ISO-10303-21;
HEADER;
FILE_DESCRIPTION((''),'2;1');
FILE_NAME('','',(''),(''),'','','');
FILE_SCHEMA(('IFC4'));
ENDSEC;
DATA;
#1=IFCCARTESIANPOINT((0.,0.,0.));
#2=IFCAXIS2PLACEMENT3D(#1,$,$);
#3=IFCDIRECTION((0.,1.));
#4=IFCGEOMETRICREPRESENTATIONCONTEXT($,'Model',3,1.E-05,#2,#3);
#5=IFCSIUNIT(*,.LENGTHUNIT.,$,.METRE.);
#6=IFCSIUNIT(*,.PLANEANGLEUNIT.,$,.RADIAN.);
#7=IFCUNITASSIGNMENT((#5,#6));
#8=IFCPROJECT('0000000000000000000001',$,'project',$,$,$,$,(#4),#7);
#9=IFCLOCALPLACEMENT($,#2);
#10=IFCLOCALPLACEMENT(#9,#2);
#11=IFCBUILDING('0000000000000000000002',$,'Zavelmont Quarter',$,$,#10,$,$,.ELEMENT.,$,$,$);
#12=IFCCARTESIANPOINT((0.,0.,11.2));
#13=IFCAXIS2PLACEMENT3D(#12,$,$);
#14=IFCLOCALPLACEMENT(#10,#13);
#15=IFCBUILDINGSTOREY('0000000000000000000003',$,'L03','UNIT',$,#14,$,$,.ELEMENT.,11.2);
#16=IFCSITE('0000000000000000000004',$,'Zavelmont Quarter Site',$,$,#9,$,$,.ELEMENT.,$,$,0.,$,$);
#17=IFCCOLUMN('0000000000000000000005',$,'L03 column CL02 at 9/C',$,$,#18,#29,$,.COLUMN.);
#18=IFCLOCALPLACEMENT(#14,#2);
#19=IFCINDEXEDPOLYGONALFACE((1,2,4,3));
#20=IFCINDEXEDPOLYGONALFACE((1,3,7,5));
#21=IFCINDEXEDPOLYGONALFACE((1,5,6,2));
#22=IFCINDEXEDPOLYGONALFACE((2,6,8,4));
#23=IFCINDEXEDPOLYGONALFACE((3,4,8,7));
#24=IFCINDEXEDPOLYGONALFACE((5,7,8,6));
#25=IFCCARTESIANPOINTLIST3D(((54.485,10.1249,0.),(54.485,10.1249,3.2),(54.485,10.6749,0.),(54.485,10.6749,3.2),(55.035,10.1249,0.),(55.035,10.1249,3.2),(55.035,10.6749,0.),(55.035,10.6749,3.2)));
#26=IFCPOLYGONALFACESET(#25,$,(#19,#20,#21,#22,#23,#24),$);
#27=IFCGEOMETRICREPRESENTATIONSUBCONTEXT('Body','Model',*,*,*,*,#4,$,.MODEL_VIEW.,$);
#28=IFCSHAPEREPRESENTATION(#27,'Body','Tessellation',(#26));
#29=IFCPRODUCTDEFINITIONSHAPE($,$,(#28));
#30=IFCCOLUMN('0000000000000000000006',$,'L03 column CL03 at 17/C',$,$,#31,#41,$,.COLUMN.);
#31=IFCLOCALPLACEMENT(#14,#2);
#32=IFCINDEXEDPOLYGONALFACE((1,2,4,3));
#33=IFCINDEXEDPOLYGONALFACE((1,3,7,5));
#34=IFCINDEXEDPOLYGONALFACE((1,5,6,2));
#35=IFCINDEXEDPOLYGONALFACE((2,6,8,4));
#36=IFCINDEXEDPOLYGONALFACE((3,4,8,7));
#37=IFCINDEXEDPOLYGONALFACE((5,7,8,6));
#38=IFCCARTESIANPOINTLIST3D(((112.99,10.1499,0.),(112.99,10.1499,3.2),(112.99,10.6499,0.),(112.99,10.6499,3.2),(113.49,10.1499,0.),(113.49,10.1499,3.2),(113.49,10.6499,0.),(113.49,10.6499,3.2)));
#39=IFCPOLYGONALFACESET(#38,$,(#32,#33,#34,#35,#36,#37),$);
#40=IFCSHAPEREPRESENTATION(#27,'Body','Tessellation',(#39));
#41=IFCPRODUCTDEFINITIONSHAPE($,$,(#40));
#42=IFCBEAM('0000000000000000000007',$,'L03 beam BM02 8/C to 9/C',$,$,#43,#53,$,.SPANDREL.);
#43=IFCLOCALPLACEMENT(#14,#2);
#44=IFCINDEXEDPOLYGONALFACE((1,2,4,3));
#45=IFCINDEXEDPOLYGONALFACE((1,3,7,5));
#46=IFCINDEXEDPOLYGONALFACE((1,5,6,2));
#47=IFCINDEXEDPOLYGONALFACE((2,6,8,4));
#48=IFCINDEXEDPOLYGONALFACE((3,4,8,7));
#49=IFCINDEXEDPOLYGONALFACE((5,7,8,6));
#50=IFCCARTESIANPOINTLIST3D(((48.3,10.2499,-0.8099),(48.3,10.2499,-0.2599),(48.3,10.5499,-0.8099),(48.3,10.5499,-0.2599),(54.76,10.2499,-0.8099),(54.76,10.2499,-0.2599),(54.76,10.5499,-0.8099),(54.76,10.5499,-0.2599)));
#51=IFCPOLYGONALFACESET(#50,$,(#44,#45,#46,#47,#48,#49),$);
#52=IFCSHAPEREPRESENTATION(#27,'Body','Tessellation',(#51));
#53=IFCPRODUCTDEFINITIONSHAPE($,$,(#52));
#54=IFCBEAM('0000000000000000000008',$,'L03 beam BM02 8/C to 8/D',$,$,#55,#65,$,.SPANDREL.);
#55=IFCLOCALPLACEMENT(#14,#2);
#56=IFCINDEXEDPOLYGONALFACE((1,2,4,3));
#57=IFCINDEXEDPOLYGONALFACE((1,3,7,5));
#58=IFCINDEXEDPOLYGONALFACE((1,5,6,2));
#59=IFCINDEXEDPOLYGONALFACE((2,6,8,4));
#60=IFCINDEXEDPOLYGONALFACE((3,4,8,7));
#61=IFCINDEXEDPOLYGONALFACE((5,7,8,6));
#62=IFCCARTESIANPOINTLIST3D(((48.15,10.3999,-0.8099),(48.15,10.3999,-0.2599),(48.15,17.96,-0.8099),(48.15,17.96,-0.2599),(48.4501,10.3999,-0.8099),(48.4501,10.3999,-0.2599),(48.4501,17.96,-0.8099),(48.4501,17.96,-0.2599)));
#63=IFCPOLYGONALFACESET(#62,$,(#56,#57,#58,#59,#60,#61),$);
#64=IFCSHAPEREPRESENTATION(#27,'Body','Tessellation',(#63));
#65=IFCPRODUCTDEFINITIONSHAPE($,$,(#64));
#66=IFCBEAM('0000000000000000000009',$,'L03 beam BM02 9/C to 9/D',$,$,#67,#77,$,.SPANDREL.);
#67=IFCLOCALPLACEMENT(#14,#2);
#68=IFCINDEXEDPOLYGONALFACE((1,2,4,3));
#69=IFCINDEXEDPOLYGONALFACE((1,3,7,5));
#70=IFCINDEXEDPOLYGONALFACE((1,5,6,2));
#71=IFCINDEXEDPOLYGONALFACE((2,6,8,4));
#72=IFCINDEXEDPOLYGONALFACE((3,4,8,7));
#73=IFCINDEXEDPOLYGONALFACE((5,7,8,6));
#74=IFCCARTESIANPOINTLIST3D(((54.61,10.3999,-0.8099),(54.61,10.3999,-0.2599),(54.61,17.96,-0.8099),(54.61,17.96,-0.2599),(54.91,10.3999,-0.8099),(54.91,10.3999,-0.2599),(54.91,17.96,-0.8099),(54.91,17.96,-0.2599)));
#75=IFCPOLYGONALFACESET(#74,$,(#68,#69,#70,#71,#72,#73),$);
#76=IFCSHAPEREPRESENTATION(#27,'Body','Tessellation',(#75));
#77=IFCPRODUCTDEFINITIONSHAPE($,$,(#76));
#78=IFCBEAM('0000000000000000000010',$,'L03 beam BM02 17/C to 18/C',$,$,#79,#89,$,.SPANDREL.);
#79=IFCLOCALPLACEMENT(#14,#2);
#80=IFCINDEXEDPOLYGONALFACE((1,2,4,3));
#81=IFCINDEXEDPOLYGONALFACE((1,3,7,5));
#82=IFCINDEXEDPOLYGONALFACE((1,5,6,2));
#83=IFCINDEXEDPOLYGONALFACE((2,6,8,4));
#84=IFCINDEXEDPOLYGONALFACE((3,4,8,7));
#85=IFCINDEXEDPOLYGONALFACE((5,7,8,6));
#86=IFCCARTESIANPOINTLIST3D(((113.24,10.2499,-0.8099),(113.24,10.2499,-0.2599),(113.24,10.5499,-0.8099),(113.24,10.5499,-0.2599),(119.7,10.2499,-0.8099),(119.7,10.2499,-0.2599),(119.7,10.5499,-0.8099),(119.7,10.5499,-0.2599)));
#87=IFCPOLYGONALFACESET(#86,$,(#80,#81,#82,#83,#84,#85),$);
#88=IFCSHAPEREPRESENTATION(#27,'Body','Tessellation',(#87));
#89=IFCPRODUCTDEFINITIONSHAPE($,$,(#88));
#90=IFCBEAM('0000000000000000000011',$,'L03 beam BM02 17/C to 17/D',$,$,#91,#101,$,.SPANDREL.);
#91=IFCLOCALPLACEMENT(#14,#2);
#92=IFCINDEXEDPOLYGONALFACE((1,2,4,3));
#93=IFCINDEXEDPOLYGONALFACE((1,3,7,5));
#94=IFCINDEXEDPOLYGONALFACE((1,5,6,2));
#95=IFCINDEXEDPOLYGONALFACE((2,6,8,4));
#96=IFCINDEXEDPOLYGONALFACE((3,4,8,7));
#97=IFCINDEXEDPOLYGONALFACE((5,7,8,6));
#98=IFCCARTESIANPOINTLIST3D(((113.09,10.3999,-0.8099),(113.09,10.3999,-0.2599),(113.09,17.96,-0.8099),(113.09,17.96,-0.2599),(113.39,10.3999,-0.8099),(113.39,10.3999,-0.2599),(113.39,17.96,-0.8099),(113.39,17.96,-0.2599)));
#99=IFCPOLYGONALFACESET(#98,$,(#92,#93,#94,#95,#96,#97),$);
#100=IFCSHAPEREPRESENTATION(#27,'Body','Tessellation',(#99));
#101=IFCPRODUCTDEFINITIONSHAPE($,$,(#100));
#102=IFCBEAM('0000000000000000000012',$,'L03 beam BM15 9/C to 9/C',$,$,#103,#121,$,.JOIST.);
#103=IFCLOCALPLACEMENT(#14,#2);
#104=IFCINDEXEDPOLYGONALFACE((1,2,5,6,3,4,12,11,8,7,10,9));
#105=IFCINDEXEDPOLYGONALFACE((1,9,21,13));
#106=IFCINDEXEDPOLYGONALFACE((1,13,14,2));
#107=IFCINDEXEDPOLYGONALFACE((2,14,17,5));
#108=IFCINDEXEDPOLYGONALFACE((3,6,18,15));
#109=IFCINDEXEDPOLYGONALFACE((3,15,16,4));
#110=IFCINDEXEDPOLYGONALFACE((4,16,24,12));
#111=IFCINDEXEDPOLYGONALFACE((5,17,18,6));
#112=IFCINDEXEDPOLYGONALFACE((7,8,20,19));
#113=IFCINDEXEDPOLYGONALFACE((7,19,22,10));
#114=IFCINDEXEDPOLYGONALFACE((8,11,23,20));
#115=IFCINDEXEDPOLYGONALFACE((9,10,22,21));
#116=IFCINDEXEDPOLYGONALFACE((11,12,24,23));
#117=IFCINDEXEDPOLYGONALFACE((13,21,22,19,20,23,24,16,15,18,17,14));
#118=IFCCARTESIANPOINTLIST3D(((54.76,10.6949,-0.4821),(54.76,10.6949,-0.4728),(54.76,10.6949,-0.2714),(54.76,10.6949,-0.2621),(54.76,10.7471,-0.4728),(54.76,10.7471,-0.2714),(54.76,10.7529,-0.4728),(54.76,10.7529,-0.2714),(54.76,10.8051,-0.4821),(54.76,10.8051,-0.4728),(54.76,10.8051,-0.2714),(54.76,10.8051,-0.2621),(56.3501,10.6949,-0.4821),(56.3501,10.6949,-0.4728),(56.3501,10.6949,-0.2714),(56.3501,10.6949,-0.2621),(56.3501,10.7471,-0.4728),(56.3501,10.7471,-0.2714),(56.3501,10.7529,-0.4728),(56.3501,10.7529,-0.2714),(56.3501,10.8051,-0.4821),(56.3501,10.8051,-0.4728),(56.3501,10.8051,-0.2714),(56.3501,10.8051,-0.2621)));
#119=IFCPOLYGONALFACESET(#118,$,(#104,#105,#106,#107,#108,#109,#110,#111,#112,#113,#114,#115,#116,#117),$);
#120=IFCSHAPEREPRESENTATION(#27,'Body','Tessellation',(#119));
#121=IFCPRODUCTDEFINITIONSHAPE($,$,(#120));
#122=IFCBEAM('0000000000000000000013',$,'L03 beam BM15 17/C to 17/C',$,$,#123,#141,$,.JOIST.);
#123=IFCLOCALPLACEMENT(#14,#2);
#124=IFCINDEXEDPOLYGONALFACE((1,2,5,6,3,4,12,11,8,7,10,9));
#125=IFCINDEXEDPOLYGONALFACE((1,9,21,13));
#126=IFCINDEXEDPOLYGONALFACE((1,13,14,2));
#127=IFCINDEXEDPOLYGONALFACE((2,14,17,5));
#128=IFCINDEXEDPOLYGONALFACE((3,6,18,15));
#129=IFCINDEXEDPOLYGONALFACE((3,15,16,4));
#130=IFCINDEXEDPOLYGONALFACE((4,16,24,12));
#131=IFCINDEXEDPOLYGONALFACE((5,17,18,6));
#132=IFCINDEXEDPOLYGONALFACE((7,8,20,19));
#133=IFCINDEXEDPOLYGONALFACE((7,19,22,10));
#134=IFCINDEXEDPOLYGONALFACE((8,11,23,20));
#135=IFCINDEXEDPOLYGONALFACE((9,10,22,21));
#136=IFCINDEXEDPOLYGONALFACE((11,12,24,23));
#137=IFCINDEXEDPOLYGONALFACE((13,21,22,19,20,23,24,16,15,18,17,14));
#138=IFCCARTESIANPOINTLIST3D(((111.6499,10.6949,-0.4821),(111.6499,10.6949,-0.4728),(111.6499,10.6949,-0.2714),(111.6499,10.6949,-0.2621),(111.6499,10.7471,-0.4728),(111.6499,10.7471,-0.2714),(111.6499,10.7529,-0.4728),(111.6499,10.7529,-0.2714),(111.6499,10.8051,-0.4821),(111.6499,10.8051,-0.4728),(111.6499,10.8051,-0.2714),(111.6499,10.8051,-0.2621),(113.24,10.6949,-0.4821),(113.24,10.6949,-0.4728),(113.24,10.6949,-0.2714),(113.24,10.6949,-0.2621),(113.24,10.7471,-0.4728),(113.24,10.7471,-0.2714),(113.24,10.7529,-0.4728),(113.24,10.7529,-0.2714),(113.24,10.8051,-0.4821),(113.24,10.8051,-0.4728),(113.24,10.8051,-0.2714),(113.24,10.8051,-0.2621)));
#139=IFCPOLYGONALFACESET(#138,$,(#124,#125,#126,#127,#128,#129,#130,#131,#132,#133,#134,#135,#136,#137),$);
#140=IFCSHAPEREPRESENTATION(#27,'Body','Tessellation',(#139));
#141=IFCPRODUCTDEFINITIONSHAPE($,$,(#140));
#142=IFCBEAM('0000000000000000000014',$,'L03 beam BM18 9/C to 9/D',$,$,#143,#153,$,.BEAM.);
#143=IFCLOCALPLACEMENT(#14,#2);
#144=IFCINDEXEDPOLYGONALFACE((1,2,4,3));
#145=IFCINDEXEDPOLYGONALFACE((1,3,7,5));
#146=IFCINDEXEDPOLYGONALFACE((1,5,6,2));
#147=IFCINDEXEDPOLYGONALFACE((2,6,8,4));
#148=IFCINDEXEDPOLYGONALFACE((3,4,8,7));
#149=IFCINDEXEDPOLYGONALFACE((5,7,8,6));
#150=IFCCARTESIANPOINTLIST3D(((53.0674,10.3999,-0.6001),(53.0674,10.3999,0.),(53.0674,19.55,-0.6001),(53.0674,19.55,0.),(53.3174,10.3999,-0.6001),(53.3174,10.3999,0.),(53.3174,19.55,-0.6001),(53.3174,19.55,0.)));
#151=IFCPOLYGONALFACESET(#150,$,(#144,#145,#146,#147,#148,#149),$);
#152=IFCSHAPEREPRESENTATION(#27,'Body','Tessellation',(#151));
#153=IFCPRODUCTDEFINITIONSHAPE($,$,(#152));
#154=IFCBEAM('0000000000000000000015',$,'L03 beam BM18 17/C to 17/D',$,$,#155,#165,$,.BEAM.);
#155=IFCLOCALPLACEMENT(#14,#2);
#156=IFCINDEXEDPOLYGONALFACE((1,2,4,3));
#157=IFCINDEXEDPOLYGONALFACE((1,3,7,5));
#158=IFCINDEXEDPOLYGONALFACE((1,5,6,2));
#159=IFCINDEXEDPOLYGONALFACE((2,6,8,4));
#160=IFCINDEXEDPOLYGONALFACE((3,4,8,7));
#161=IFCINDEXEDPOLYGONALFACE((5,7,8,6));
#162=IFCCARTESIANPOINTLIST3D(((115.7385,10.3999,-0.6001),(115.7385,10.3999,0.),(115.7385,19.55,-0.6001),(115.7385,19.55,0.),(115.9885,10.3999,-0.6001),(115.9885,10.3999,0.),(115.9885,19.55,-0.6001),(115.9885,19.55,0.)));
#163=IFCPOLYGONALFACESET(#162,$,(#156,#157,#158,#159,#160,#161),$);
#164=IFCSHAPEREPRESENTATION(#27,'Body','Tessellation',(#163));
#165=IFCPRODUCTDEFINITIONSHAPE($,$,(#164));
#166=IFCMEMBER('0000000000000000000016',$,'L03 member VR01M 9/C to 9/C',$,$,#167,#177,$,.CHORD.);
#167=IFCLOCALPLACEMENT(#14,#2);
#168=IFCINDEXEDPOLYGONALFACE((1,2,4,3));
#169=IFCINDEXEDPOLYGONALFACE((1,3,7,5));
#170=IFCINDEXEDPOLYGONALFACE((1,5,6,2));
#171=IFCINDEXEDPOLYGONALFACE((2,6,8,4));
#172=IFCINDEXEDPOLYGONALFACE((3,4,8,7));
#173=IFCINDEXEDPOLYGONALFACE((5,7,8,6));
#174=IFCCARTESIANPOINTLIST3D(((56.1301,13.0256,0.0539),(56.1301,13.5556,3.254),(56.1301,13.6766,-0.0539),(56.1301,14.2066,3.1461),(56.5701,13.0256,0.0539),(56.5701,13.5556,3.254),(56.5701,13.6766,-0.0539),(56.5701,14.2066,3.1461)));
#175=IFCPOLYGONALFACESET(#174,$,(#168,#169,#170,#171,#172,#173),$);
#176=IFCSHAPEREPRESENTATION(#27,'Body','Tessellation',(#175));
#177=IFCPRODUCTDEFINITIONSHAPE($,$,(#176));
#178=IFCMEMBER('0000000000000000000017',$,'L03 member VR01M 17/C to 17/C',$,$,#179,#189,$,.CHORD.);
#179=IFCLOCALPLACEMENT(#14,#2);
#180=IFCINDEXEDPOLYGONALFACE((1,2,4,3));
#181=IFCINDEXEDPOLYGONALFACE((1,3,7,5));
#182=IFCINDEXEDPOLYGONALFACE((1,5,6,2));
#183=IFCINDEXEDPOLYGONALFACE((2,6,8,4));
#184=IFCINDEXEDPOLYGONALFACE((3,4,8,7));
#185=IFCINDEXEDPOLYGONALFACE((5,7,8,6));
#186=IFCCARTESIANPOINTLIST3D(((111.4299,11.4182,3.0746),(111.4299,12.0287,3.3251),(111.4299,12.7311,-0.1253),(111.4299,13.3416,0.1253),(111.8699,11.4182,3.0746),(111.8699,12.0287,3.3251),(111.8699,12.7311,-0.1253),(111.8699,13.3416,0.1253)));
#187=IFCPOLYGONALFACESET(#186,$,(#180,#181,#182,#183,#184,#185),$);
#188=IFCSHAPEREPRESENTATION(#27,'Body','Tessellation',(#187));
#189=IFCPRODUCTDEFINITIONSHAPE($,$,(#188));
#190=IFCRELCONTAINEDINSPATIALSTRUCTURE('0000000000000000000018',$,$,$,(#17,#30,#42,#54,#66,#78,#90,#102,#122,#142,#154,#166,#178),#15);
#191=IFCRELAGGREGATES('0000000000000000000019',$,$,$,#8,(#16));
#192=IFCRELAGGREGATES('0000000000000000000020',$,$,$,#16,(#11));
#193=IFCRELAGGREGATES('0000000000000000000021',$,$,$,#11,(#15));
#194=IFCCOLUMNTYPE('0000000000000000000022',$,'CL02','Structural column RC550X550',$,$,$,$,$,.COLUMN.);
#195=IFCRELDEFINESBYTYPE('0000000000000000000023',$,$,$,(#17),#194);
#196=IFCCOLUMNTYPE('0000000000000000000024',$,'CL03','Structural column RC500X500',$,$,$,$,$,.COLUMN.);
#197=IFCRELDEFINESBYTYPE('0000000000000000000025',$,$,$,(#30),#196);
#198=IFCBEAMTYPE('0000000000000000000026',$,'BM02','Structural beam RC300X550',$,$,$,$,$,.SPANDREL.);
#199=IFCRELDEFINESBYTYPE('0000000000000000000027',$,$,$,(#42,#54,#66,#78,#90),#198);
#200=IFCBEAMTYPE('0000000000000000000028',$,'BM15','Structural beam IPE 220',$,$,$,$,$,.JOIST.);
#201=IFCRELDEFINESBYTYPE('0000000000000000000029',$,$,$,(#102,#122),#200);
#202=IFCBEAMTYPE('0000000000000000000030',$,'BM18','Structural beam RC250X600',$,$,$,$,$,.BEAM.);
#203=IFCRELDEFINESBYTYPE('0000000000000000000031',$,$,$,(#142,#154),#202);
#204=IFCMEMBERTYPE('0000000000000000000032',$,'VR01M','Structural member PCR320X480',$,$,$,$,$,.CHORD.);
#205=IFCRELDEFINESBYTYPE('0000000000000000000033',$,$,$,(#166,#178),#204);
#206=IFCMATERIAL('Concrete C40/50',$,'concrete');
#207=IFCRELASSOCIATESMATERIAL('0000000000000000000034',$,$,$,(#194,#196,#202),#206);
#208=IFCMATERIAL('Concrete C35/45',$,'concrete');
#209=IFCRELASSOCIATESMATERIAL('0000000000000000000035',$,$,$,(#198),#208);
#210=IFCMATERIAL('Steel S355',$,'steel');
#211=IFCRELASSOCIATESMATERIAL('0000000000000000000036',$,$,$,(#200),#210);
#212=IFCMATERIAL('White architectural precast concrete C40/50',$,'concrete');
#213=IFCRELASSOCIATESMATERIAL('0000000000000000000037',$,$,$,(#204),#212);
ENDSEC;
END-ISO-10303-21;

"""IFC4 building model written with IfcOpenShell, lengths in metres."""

from ifc_helpers import new_model, si_unit, direction, frame, origin, origin_2d, place, context, subcontext, project, spatial, rectangle, i_section, extrude, material, material_profile, profile_set, type_object, element, save


model = new_model("IFC4")

# Units and contexts
model_context = context("Model", 3, precision=1e-05, world=origin(), true_north=direction((0.0, 1.0)))
body_context = subcontext(model_context, "Body", "Model", "MODEL_VIEW")
ifc_project = project(units=[si_unit("LENGTHUNIT", "METRE"), si_unit("PLANEANGLEUNIT", "RADIAN")], contexts=[model_context])

# Site, building, storey
site_placement = place(None, origin())
site = spatial("IfcSite", under=ifc_project, at=site_placement, Name="Zavelmont Quarter Site", CompositionType="ELEMENT", RefElevation=0.0)
building_placement = place(site_placement, origin())
building = spatial("IfcBuilding", under=site, at=building_placement, Name="Zavelmont Quarter", CompositionType="ELEMENT")
storey_placement = place(building_placement, frame((0.0, 0.0, 11.2)))
storey = spatial("IfcBuildingStorey", under=building, at=storey_placement, Name="L03", Description="UNIT", CompositionType="ELEMENT", Elevation=11.2)

# Columns
ifc_material_1 = material(Name="Concrete C40/50", Category="concrete")
ifc_material_profile_1 = material_profile(ifc_material_1, rectangle(XDim=0.55, YDim=0.55, at=origin_2d()), Name="RC550X550")
ifc_profile_set_1 = profile_set([ifc_material_profile_1], Name="Concrete C40/50")
column_type_1 = type_object("IfcColumnType", Name="CL02", Description="Structural column RC550X550", PredefinedType="COLUMN", material=ifc_profile_set_1)
column_1_placement = place(storey_placement, frame((54.76, 10.3999, 0.0), z_axis=(0.0, 0.0, 1.0), x_axis=(1.0, 0.0, 0.0)))
element("IfcColumn", 1, at=column_1_placement, inside=storey, type_object=column_type_1, Name="L03 column CL02 at 9/C", PredefinedType="COLUMN", context=body_context, shape_type="SweptSolid", body=[
    extrude(rectangle(XDim=0.55, YDim=0.55, at=origin_2d()), origin(), (0.0, 0.0, 1.0), 3.2),
])
ifc_material_profile_2 = material_profile(ifc_material_1, rectangle(XDim=0.5, YDim=0.5, at=origin_2d()), Name="RC500X500")
ifc_profile_set_2 = profile_set([ifc_material_profile_2], Name="Concrete C40/50")
column_type_2 = type_object("IfcColumnType", Name="CL03", Description="Structural column RC500X500", PredefinedType="COLUMN", material=ifc_profile_set_2)
column_2_placement = place(storey_placement, frame((113.24, 10.3999, 0.0), z_axis=(0.0, 0.0, 1.0), x_axis=(1.0, 0.0, 0.0)))
element("IfcColumn", 2, at=column_2_placement, inside=storey, type_object=column_type_2, Name="L03 column CL03 at 17/C", PredefinedType="COLUMN", context=body_context, shape_type="SweptSolid", body=[
    extrude(rectangle(XDim=0.5, YDim=0.5, at=origin_2d()), origin(), (0.0, 0.0, 1.0), 3.2),
])

# Beams
ifc_material_2 = material(Name="Concrete C35/45", Category="concrete")
ifc_material_profile_3 = material_profile(ifc_material_2, rectangle(XDim=0.3, YDim=0.55, at=origin_2d()), Name="RC300X550")
ifc_profile_set_3 = profile_set([ifc_material_profile_3], Name="Concrete C35/45")
beam_type_1 = type_object("IfcBeamType", Name="BM02", Description="Structural beam RC300X550", PredefinedType="SPANDREL", material=ifc_profile_set_3)
beam_1_placement = place(storey_placement, frame((48.3, 10.3999, -0.5349), z_axis=(1.0, 0.0, 0.0), x_axis=(0.0, 1.0, 0.0)))
element("IfcBeam", 3, at=beam_1_placement, inside=storey, type_object=beam_type_1, Name="L03 beam BM02 8/C to 9/C", PredefinedType="SPANDREL", context=body_context, shape_type="SweptSolid", body=[
    extrude(rectangle(XDim=0.3, YDim=0.55, at=origin_2d()), origin(), (0.0, 0.0, 1.0), 6.46),
])
for number, where, z_axis, x_axis, name in (
    (4, (48.3, 10.3999, -0.5349), (0.0, 1.0, 0.0), (-1.0, 0.0, 0.0), "L03 beam BM02 8/C to 8/D"),
    (5, (54.76, 10.3999, -0.5349), (0.0, 1.0, 0.0), (-1.0, 0.0, 0.0), "L03 beam BM02 9/C to 9/D"),
):
    element("IfcBeam", number, at=place(storey_placement, frame(where, z_axis=z_axis, x_axis=x_axis)), inside=storey, type_object=beam_type_1, Name=name, PredefinedType="SPANDREL", context=body_context, shape_type="SweptSolid", body=[
        extrude(rectangle(XDim=0.3, YDim=0.55, at=origin_2d()), origin(), (0.0, 0.0, 1.0), 7.5601),
    ])
beam_2_placement = place(storey_placement, frame((113.24, 10.3999, -0.5349), z_axis=(1.0, 0.0, 0.0), x_axis=(0.0, 1.0, 0.0)))
element("IfcBeam", 6, at=beam_2_placement, inside=storey, type_object=beam_type_1, Name="L03 beam BM02 17/C to 18/C", PredefinedType="SPANDREL", context=body_context, shape_type="SweptSolid", body=[
    extrude(rectangle(XDim=0.3, YDim=0.55, at=origin_2d()), origin(), (0.0, 0.0, 1.0), 6.46),
])
beam_3_placement = place(storey_placement, frame((113.24, 10.3999, -0.5349), z_axis=(0.0, 1.0, 0.0), x_axis=(-1.0, 0.0, 0.0)))
element("IfcBeam", 7, at=beam_3_placement, inside=storey, type_object=beam_type_1, Name="L03 beam BM02 17/C to 17/D", PredefinedType="SPANDREL", context=body_context, shape_type="SweptSolid", body=[
    extrude(rectangle(XDim=0.3, YDim=0.55, at=origin_2d()), origin(), (0.0, 0.0, 1.0), 7.5601),
])
ifc_material_3 = material(Name="Steel S355", Category="steel")
ifc_material_profile_4 = material_profile(ifc_material_3, i_section(OverallWidth=0.1101, OverallDepth=0.22, WebThickness=0.0059, FlangeThickness=0.0093, at=origin_2d()), Name="IPE 220")
ifc_profile_set_4 = profile_set([ifc_material_profile_4], Name="Steel S355")
beam_type_2 = type_object("IfcBeamType", Name="BM15", Description="Structural beam IPE 220", PredefinedType="JOIST", material=ifc_profile_set_4)
for number, where, z_axis, x_axis, name in (
    (8, (54.76, 10.75, -0.3721), (1.0, 0.0, 0.0), (0.0, 1.0, 0.0), "L03 beam BM15 9/C to 9/C"),
    (9, (113.24, 10.75, -0.3721), (-1.0, 0.0, 0.0), (0.0, -1.0, 0.0), "L03 beam BM15 17/C to 17/C"),
):
    element("IfcBeam", number, at=place(storey_placement, frame(where, z_axis=z_axis, x_axis=x_axis)), inside=storey, type_object=beam_type_2, Name=name, PredefinedType="JOIST", context=body_context, shape_type="SweptSolid", body=[
        extrude(i_section(OverallWidth=0.1101, OverallDepth=0.22, WebThickness=0.0059, FlangeThickness=0.0093, at=origin_2d()), origin(), (0.0, 0.0, 1.0), 1.5901),
    ])
ifc_material_profile_5 = material_profile(ifc_material_1, rectangle(XDim=0.25, YDim=0.6001, at=origin_2d()), Name="RC250X600")
ifc_profile_set_5 = profile_set([ifc_material_profile_5], Name="Concrete C40/50")
beam_type_3 = type_object("IfcBeamType", Name="BM18", Description="Structural beam RC250X600", PredefinedType="BEAM", material=ifc_profile_set_5)
for number, where, z_axis, x_axis, name in (
    (10, (53.1924, 10.3999, -0.3), (0.0, 1.0, 0.0), (-1.0, 0.0, 0.0), "L03 beam BM18 9/C to 9/D"),
    (11, (115.8635, 10.3999, -0.3), (0.0, 1.0, 0.0), (-1.0, 0.0, 0.0), "L03 beam BM18 17/C to 17/D"),
):
    element("IfcBeam", number, at=place(storey_placement, frame(where, z_axis=z_axis, x_axis=x_axis)), inside=storey, type_object=beam_type_3, Name=name, PredefinedType="BEAM", context=body_context, shape_type="SweptSolid", body=[
        extrude(rectangle(XDim=0.25, YDim=0.6001, at=origin_2d()), origin(), (0.0, 0.0, 1.0), 9.1501),
    ])

# Members
ifc_material_4 = material(Name="White architectural precast concrete C40/50", Category="concrete")
ifc_material_profile_6 = material_profile(ifc_material_4, rectangle(XDim=0.4399, YDim=0.6599, at=origin_2d()), Name="PCR320X480")
ifc_profile_set_6 = profile_set([ifc_material_profile_6], Name="White architectural precast concrete C40/50")
member_type = type_object("IfcMemberType", Name="VR01M", Description="Structural member PCR320X480", PredefinedType="CHORD", material=ifc_profile_set_6)
member_1_placement = place(storey_placement, frame((56.3501, 13.3511, 0.0), z_axis=(0.0, 0.16341, 0.986558), x_axis=(-1.0, 0.0, 0.0)))
element("IfcMember", 12, at=member_1_placement, inside=storey, type_object=member_type, Name="L03 member VR01M 9/C to 9/C", PredefinedType="CHORD", context=body_context, shape_type="SweptSolid", body=[
    extrude(rectangle(XDim=0.4399, YDim=0.6599, at=origin_2d()), origin(), (0.0, 0.0, 1.0), 3.2437),
])
member_2_placement = place(storey_placement, frame((111.6499, 13.0364, 0.0), z_axis=(0.0, -0.379603, 0.92515), x_axis=(1.0, 0.0, 0.0)))
element("IfcMember", 13, at=member_2_placement, inside=storey, type_object=member_type, Name="L03 member VR01M 17/C to 17/C", PredefinedType="CHORD", context=body_context, shape_type="SweptSolid", body=[
    extrude(rectangle(XDim=0.4399, YDim=0.6599, at=origin_2d()), origin(), (0.0, 0.0, 1.0), 3.4587),
])

save(model, "model.ifc")
